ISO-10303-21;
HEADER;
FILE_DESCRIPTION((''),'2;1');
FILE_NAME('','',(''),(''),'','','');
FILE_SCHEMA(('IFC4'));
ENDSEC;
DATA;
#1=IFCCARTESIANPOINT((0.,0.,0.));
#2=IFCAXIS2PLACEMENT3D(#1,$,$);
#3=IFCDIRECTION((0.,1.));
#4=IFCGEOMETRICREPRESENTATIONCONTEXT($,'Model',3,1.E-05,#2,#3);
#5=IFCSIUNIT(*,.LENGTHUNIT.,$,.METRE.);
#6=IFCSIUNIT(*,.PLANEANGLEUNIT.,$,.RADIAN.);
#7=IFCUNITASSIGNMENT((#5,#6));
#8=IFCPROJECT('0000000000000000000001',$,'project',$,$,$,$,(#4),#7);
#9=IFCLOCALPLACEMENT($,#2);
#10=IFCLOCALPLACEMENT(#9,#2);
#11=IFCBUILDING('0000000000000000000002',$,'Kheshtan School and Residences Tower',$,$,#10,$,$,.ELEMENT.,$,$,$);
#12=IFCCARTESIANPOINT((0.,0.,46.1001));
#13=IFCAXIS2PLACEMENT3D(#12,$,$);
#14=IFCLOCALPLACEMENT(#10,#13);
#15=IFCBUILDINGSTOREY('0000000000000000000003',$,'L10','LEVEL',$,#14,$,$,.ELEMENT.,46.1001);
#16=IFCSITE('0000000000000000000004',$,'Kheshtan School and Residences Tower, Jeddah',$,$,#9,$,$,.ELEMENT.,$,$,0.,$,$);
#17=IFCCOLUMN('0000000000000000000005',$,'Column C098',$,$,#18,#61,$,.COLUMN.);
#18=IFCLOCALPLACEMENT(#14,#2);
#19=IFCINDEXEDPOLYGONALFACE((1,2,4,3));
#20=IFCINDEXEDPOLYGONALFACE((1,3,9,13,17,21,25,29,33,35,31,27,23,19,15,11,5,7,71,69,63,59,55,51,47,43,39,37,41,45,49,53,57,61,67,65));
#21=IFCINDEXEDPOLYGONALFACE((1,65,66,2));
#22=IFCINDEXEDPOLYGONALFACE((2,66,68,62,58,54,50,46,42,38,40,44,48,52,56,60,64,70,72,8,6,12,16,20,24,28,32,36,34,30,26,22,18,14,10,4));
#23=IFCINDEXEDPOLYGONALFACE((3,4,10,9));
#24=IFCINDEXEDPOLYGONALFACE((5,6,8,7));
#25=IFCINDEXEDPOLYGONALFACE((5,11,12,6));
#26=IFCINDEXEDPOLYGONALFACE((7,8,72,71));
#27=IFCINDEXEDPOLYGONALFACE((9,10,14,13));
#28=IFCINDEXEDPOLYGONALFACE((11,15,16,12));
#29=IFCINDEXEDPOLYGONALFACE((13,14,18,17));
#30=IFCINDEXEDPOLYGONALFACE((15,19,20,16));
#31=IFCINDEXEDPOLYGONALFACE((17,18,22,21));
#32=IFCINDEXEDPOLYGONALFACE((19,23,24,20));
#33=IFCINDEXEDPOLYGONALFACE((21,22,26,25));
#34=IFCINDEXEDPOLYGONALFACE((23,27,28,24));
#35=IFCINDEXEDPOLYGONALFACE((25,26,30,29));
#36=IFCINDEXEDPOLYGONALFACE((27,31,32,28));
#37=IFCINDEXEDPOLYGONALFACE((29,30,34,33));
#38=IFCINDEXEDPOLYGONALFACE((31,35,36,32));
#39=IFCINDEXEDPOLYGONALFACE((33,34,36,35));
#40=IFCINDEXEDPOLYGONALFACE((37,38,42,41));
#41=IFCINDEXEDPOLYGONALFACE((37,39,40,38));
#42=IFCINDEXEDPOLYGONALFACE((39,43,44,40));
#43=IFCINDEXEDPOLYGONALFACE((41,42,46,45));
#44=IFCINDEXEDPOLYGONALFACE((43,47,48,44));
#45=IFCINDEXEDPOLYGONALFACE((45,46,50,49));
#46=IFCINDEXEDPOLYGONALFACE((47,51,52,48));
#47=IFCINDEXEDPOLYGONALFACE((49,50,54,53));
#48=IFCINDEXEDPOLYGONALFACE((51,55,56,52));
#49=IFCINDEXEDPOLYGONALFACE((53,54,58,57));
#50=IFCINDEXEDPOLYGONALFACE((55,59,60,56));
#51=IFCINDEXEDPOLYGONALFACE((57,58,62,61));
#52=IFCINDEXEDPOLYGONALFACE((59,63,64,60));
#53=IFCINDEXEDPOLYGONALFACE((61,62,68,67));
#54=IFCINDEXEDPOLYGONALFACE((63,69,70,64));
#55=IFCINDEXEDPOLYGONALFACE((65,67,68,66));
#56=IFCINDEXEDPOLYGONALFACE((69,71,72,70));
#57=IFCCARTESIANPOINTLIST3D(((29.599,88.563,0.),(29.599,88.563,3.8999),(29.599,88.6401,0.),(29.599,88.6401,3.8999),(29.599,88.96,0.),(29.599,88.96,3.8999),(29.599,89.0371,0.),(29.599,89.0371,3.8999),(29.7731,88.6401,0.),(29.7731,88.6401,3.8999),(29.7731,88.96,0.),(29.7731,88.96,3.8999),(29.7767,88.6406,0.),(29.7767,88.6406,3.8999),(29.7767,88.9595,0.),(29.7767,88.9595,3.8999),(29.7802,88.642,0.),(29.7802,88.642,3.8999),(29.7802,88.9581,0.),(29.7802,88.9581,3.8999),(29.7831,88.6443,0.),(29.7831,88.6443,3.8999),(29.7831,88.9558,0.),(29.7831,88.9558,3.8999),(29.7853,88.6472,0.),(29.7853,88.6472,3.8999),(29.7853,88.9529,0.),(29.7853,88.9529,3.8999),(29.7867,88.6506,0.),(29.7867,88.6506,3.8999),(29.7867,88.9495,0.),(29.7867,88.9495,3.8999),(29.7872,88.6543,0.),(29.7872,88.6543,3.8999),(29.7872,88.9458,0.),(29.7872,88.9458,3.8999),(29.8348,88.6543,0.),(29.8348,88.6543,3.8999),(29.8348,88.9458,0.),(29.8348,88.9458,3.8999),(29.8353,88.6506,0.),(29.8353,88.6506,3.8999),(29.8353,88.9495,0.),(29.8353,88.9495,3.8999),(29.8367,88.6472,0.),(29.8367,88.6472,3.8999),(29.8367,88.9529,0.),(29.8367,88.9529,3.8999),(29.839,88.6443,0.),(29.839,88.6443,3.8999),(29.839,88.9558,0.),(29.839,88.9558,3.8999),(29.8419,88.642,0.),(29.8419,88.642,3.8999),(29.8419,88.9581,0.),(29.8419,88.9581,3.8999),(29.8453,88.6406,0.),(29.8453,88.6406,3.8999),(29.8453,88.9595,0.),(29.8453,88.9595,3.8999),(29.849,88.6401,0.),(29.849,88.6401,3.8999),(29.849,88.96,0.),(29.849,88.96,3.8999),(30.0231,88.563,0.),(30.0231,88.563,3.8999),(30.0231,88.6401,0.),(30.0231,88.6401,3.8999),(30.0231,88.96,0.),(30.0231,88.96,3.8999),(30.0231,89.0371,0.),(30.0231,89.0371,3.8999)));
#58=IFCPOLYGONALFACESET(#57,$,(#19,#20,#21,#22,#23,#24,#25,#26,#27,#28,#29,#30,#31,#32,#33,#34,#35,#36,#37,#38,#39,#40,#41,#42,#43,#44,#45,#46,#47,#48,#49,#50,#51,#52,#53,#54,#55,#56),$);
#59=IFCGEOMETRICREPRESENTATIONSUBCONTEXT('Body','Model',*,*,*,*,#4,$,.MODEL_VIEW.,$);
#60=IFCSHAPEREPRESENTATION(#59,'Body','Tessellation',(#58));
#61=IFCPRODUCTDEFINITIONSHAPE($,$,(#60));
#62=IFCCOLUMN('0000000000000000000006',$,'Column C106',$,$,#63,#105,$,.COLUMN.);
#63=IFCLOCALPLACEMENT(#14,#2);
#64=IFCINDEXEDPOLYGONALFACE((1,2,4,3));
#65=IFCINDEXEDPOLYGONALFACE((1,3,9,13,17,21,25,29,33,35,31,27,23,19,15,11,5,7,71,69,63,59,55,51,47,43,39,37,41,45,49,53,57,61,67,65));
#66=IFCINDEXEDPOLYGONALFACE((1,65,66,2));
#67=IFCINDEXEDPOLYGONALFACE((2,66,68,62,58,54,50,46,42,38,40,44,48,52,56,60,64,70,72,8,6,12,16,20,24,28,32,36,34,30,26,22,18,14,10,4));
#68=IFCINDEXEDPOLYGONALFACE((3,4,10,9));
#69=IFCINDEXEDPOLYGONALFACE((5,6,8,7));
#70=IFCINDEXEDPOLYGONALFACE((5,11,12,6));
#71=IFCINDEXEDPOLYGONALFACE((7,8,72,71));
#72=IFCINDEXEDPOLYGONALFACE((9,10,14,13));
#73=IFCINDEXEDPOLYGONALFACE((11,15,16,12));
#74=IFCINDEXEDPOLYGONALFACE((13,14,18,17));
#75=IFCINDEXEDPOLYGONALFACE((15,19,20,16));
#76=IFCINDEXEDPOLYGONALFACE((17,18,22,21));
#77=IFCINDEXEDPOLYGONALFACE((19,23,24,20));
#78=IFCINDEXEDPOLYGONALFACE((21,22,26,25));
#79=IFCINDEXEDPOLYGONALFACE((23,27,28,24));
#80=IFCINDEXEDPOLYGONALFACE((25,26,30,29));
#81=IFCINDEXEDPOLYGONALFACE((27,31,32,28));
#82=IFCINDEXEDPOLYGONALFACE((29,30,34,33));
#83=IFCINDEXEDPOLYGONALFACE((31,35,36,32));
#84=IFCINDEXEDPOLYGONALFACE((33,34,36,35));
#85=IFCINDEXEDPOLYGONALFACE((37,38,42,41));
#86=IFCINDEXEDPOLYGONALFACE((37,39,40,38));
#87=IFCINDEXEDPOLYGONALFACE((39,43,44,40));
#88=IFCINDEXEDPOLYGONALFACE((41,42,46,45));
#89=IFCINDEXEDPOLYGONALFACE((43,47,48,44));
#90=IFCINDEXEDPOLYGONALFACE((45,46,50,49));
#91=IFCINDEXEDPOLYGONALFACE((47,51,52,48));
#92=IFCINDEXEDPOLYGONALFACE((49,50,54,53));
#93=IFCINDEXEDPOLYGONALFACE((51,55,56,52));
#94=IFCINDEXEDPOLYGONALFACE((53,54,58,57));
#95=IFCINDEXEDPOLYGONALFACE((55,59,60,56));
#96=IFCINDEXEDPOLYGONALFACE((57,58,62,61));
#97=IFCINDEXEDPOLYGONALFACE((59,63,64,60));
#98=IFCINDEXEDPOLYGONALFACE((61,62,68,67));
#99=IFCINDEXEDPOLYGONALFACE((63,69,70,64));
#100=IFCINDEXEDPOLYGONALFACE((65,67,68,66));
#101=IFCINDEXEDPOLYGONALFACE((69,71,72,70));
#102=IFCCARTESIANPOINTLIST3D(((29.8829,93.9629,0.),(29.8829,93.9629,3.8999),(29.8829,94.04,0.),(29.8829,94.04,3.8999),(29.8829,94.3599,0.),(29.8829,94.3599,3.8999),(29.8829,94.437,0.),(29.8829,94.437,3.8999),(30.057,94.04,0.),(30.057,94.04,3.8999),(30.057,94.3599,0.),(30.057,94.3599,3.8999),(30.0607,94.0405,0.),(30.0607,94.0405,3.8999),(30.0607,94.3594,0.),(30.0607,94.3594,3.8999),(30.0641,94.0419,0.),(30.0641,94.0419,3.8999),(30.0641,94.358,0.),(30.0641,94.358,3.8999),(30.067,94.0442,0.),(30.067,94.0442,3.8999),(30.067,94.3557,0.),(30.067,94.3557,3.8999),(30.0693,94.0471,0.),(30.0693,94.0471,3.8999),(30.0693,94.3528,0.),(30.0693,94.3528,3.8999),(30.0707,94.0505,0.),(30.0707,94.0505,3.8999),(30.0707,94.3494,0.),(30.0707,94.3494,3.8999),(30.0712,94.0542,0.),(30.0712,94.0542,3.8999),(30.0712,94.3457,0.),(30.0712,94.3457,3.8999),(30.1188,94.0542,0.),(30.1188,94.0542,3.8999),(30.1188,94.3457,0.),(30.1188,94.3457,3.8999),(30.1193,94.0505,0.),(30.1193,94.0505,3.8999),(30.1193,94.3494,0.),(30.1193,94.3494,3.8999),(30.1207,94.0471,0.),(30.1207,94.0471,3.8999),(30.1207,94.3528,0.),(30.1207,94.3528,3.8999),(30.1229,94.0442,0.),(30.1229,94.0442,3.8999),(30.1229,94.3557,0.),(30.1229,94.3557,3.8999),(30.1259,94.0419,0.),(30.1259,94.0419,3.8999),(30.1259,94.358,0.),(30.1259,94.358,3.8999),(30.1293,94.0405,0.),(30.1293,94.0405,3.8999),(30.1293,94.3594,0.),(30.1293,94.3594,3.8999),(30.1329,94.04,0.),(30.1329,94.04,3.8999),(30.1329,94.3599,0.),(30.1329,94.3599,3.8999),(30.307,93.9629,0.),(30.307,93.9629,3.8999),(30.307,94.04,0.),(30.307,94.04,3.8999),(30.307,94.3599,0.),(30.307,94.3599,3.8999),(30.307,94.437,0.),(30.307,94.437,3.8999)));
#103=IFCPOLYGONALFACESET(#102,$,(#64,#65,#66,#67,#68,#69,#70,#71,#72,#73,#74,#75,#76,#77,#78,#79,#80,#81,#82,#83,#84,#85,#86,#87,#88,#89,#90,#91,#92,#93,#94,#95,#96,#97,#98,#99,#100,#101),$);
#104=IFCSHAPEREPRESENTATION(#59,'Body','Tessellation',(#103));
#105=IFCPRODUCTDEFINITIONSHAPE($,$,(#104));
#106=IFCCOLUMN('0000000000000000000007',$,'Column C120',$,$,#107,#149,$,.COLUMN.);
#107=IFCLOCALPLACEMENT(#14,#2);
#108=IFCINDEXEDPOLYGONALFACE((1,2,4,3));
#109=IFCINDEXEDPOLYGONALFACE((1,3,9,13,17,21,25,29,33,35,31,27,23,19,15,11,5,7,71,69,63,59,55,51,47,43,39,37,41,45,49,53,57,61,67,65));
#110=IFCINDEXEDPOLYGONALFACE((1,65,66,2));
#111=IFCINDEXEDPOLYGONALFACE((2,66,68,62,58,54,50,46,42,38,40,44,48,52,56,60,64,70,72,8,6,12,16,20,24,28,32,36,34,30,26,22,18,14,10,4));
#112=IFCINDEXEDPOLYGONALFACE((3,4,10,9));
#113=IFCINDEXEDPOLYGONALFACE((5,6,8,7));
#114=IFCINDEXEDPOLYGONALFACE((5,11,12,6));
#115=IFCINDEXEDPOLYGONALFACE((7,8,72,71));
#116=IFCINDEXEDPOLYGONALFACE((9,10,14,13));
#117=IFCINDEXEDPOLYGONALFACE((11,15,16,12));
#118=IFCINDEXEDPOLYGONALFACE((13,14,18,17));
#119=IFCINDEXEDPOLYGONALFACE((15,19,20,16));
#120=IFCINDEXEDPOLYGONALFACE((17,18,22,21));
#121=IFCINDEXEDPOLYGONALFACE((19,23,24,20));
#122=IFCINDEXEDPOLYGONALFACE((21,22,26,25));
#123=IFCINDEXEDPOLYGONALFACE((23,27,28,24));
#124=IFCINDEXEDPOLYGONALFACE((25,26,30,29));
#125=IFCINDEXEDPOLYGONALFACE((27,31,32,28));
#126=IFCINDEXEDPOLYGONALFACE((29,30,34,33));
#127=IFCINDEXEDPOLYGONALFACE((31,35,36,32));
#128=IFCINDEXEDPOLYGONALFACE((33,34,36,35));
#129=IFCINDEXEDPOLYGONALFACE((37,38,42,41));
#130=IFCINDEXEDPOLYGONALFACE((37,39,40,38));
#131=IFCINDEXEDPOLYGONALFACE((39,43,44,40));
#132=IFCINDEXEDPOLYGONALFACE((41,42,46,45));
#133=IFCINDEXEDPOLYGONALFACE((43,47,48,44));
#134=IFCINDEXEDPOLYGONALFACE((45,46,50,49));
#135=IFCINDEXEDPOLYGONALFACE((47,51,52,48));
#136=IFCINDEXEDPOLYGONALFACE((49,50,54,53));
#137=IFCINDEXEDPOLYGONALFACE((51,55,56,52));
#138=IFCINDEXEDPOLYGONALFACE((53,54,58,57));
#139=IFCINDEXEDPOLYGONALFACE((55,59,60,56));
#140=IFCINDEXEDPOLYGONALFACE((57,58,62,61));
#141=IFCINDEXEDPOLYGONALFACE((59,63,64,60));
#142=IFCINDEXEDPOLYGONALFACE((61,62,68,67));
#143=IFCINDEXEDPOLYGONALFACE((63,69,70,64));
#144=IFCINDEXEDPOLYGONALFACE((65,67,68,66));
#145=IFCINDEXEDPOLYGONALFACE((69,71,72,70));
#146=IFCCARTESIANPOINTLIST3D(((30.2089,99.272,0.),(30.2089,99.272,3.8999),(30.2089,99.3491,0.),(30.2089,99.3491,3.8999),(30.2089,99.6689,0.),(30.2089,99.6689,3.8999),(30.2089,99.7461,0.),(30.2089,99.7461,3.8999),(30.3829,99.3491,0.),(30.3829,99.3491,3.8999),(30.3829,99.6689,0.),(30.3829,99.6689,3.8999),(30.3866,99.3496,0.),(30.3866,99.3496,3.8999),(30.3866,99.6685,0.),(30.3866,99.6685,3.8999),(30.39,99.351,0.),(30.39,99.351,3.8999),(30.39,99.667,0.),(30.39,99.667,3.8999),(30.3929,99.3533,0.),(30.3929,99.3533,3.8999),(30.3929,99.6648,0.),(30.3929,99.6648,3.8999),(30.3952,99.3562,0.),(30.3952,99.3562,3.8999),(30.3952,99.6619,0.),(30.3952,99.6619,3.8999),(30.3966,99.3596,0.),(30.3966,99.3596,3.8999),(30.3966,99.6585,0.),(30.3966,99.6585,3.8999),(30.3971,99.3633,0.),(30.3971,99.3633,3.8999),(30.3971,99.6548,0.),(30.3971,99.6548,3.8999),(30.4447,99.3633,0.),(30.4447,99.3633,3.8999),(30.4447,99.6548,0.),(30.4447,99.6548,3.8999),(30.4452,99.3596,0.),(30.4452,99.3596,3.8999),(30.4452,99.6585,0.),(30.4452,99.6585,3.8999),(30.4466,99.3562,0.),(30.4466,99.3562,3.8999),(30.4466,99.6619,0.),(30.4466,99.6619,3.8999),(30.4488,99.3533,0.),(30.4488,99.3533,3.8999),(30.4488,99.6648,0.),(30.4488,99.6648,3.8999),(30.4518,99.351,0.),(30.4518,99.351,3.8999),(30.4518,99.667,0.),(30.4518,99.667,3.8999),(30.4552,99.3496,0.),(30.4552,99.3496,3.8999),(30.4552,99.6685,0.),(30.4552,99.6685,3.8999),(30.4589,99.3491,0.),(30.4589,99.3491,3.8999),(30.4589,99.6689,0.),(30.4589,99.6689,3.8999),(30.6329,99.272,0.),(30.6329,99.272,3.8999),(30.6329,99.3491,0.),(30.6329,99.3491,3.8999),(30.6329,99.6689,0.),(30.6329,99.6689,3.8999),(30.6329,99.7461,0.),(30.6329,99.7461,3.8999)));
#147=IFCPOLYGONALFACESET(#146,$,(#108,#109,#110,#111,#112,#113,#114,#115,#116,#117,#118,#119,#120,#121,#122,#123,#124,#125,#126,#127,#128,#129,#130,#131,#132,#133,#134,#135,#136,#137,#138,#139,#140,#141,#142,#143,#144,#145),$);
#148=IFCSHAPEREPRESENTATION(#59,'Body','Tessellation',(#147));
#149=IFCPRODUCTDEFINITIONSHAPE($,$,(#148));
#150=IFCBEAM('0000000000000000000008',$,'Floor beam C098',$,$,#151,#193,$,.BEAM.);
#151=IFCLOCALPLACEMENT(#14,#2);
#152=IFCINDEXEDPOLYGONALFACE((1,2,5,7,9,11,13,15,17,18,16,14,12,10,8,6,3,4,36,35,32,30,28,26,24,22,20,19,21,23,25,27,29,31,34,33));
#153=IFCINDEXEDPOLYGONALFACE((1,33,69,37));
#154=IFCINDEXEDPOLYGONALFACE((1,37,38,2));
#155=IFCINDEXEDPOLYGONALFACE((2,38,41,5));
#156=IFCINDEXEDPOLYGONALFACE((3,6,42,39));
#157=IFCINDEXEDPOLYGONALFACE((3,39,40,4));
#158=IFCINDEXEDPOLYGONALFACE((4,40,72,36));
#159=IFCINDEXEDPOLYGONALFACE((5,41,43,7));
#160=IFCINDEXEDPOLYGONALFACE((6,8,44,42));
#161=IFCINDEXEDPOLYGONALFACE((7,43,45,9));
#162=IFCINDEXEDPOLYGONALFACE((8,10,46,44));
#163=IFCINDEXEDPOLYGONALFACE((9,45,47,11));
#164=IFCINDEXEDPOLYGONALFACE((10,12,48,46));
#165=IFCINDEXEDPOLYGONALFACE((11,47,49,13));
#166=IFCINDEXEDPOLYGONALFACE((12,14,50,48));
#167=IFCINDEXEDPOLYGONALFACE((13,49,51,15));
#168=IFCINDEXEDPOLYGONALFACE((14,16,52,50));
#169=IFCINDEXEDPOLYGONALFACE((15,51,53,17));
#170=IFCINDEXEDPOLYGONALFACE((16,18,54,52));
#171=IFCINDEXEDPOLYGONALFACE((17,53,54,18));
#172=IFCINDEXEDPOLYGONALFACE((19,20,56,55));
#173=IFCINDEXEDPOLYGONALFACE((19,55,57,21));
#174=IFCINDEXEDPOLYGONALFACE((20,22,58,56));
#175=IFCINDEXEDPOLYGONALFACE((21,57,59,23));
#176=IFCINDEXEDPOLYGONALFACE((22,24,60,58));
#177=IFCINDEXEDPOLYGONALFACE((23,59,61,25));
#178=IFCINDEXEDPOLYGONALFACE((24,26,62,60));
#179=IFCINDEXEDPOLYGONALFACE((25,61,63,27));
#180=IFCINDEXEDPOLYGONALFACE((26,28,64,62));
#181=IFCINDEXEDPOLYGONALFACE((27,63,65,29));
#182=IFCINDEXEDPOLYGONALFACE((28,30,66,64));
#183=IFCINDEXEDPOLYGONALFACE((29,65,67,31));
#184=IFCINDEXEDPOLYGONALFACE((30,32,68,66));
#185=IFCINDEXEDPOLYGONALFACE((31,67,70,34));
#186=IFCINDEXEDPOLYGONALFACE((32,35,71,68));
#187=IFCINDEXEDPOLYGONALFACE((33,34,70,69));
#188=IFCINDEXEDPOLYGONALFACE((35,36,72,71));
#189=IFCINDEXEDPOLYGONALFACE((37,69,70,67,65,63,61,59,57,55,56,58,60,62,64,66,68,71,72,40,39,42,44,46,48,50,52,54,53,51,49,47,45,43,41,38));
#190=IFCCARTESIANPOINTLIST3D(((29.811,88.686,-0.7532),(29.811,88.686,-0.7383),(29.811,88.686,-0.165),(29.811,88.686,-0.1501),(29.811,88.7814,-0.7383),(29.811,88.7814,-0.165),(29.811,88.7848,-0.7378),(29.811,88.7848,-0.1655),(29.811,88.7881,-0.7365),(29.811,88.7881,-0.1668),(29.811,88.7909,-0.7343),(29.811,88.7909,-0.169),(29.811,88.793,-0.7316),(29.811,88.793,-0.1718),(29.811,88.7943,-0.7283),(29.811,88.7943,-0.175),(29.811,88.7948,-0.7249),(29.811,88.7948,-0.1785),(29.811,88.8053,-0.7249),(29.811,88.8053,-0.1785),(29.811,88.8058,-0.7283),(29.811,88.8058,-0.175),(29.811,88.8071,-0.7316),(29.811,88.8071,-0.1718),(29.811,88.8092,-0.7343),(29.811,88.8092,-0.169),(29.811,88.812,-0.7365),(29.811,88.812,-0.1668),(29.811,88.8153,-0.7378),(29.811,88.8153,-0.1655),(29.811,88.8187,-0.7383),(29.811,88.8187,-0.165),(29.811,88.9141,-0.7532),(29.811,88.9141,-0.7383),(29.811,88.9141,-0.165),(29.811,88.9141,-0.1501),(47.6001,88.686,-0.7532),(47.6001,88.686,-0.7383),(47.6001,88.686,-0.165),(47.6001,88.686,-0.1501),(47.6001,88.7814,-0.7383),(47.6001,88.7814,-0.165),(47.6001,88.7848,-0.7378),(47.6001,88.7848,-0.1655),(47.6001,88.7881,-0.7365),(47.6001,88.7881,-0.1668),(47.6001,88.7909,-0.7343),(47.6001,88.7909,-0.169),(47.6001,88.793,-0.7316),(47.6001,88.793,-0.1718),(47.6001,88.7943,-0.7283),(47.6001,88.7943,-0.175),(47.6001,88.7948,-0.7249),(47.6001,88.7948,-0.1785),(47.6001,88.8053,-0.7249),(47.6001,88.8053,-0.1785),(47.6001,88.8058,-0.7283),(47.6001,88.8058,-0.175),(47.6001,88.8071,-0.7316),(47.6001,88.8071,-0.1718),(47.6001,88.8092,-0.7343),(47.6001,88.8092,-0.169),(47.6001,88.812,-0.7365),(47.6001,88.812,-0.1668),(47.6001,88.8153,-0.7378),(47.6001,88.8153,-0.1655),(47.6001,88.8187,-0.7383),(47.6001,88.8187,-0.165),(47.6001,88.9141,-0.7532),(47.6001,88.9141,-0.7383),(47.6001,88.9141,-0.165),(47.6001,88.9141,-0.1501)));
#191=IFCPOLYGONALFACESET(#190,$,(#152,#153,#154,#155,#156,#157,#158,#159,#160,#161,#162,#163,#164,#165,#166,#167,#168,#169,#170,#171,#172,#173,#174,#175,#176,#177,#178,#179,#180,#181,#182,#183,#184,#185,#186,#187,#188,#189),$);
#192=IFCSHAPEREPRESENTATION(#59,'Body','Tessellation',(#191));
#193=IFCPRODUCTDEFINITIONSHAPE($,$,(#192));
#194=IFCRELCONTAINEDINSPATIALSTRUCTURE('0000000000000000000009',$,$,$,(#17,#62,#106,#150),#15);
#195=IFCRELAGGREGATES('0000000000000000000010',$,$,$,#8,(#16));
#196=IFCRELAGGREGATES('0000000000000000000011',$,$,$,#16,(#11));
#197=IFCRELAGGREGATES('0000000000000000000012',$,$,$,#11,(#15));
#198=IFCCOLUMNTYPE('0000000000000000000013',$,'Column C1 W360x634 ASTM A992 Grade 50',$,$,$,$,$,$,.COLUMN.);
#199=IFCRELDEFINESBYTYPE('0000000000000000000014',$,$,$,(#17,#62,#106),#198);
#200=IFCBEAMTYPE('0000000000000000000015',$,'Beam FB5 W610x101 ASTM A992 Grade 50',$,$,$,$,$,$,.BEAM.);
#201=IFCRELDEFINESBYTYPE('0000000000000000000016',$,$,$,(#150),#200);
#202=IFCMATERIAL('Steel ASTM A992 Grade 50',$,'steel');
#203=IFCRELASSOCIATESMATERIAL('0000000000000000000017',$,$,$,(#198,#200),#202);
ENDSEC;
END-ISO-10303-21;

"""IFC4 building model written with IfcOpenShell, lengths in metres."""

from ifc_helpers import new_model, si_unit, direction, frame, origin, origin_2d, place, context, subcontext, project, spatial, i_section, extrude, material, material_profile, profile_set, type_object, element, save


model = new_model("IFC4")

# Units and contexts
model_context = context("Model", 3, precision=1e-05, world=origin(), true_north=direction((0.0, 1.0)))
body_context = subcontext(model_context, "Body", "Model", "MODEL_VIEW")
ifc_project = project(units=[si_unit("LENGTHUNIT", "METRE"), si_unit("PLANEANGLEUNIT", "RADIAN")], contexts=[model_context])

# Site, building, storey
site_placement = place(None, origin())
site = spatial("IfcSite", under=ifc_project, at=site_placement, Name="Kheshtan School and Residences Tower, Jeddah", CompositionType="ELEMENT", RefElevation=0.0)
building_placement = place(site_placement, origin())
building = spatial("IfcBuilding", under=site, at=building_placement, Name="Kheshtan School and Residences Tower", CompositionType="ELEMENT")
storey_placement = place(building_placement, frame((0.0, 0.0, 46.1001)))
storey = spatial("IfcBuildingStorey", under=building, at=storey_placement, Name="L10", Description="LEVEL", CompositionType="ELEMENT", Elevation=46.1001)

# Columns
ifc_material_1 = material(Name="Steel ASTM A992 Grade 50", Category="steel")
ifc_material_profile_1 = material_profile(ifc_material_1, i_section(OverallWidth=0.4241, OverallDepth=0.4741, WebThickness=0.0476, FlangeThickness=0.0771, FilletRadius=0.0142, at=origin_2d()), Name="W360x634")
ifc_profile_set_1 = profile_set([ifc_material_profile_1], Name="Steel ASTM A992 Grade 50")
column_type = type_object("IfcColumnType", Name="Column C1 W360x634 ASTM A992 Grade 50", PredefinedType="COLUMN", material=ifc_profile_set_1)
for number, where, z_axis, x_axis, name in (
    (1, (29.811, 88.8, 0.0), (0.0, 0.0, 1.0), (1.0, 0.0, 0.0), "Column C098"),
    (2, (30.095, 94.2, 0.0), (0.0, 0.0, 1.0), (1.0, 0.0, 0.0), "Column C106"),
    (3, (30.4209, 99.509, 0.0), (0.0, 0.0, 1.0), (1.0, 0.0, 0.0), "Column C120"),
):
    element("IfcColumn", number, at=place(storey_placement, frame(where, z_axis=z_axis, x_axis=x_axis)), inside=storey, type_object=column_type, Name=name, PredefinedType="COLUMN", context=body_context, shape_type="SweptSolid", body=[
        extrude(i_section(OverallWidth=0.4241, OverallDepth=0.4741, WebThickness=0.0476, FlangeThickness=0.0771, FilletRadius=0.0142, at=origin_2d()), origin(), (0.0, 0.0, 1.0), 3.8999),
    ])

# Beam
ifc_material_profile_2 = material_profile(ifc_material_1, i_section(OverallWidth=0.228, OverallDepth=0.603, WebThickness=0.0105, FlangeThickness=0.0149, FilletRadius=0.0134, at=origin_2d()), Name="W610x101")
ifc_profile_set_2 = profile_set([ifc_material_profile_2], Name="Steel ASTM A992 Grade 50")
beam_type_1 = type_object("IfcBeamType", Name="Beam FB5 W610x101 ASTM A992 Grade 50", PredefinedType="BEAM", material=ifc_profile_set_2)
beam_1_placement = place(storey_placement, frame((29.811, 88.8, -0.4517), z_axis=(1.0, 0.0, 0.0), x_axis=(0.0, 1.0, 0.0)))
element("IfcBeam", 4, at=beam_1_placement, inside=storey, type_object=beam_type_1, Name="Floor beam C098", PredefinedType="BEAM", context=body_context, shape_type="SweptSolid", body=[
    extrude(i_section(OverallWidth=0.228, OverallDepth=0.603, WebThickness=0.0105, FlangeThickness=0.0149, FilletRadius=0.0134, at=origin_2d()), origin(), (0.0, 0.0, 1.0), 17.7891),
])

save(model, "model.ifc")
